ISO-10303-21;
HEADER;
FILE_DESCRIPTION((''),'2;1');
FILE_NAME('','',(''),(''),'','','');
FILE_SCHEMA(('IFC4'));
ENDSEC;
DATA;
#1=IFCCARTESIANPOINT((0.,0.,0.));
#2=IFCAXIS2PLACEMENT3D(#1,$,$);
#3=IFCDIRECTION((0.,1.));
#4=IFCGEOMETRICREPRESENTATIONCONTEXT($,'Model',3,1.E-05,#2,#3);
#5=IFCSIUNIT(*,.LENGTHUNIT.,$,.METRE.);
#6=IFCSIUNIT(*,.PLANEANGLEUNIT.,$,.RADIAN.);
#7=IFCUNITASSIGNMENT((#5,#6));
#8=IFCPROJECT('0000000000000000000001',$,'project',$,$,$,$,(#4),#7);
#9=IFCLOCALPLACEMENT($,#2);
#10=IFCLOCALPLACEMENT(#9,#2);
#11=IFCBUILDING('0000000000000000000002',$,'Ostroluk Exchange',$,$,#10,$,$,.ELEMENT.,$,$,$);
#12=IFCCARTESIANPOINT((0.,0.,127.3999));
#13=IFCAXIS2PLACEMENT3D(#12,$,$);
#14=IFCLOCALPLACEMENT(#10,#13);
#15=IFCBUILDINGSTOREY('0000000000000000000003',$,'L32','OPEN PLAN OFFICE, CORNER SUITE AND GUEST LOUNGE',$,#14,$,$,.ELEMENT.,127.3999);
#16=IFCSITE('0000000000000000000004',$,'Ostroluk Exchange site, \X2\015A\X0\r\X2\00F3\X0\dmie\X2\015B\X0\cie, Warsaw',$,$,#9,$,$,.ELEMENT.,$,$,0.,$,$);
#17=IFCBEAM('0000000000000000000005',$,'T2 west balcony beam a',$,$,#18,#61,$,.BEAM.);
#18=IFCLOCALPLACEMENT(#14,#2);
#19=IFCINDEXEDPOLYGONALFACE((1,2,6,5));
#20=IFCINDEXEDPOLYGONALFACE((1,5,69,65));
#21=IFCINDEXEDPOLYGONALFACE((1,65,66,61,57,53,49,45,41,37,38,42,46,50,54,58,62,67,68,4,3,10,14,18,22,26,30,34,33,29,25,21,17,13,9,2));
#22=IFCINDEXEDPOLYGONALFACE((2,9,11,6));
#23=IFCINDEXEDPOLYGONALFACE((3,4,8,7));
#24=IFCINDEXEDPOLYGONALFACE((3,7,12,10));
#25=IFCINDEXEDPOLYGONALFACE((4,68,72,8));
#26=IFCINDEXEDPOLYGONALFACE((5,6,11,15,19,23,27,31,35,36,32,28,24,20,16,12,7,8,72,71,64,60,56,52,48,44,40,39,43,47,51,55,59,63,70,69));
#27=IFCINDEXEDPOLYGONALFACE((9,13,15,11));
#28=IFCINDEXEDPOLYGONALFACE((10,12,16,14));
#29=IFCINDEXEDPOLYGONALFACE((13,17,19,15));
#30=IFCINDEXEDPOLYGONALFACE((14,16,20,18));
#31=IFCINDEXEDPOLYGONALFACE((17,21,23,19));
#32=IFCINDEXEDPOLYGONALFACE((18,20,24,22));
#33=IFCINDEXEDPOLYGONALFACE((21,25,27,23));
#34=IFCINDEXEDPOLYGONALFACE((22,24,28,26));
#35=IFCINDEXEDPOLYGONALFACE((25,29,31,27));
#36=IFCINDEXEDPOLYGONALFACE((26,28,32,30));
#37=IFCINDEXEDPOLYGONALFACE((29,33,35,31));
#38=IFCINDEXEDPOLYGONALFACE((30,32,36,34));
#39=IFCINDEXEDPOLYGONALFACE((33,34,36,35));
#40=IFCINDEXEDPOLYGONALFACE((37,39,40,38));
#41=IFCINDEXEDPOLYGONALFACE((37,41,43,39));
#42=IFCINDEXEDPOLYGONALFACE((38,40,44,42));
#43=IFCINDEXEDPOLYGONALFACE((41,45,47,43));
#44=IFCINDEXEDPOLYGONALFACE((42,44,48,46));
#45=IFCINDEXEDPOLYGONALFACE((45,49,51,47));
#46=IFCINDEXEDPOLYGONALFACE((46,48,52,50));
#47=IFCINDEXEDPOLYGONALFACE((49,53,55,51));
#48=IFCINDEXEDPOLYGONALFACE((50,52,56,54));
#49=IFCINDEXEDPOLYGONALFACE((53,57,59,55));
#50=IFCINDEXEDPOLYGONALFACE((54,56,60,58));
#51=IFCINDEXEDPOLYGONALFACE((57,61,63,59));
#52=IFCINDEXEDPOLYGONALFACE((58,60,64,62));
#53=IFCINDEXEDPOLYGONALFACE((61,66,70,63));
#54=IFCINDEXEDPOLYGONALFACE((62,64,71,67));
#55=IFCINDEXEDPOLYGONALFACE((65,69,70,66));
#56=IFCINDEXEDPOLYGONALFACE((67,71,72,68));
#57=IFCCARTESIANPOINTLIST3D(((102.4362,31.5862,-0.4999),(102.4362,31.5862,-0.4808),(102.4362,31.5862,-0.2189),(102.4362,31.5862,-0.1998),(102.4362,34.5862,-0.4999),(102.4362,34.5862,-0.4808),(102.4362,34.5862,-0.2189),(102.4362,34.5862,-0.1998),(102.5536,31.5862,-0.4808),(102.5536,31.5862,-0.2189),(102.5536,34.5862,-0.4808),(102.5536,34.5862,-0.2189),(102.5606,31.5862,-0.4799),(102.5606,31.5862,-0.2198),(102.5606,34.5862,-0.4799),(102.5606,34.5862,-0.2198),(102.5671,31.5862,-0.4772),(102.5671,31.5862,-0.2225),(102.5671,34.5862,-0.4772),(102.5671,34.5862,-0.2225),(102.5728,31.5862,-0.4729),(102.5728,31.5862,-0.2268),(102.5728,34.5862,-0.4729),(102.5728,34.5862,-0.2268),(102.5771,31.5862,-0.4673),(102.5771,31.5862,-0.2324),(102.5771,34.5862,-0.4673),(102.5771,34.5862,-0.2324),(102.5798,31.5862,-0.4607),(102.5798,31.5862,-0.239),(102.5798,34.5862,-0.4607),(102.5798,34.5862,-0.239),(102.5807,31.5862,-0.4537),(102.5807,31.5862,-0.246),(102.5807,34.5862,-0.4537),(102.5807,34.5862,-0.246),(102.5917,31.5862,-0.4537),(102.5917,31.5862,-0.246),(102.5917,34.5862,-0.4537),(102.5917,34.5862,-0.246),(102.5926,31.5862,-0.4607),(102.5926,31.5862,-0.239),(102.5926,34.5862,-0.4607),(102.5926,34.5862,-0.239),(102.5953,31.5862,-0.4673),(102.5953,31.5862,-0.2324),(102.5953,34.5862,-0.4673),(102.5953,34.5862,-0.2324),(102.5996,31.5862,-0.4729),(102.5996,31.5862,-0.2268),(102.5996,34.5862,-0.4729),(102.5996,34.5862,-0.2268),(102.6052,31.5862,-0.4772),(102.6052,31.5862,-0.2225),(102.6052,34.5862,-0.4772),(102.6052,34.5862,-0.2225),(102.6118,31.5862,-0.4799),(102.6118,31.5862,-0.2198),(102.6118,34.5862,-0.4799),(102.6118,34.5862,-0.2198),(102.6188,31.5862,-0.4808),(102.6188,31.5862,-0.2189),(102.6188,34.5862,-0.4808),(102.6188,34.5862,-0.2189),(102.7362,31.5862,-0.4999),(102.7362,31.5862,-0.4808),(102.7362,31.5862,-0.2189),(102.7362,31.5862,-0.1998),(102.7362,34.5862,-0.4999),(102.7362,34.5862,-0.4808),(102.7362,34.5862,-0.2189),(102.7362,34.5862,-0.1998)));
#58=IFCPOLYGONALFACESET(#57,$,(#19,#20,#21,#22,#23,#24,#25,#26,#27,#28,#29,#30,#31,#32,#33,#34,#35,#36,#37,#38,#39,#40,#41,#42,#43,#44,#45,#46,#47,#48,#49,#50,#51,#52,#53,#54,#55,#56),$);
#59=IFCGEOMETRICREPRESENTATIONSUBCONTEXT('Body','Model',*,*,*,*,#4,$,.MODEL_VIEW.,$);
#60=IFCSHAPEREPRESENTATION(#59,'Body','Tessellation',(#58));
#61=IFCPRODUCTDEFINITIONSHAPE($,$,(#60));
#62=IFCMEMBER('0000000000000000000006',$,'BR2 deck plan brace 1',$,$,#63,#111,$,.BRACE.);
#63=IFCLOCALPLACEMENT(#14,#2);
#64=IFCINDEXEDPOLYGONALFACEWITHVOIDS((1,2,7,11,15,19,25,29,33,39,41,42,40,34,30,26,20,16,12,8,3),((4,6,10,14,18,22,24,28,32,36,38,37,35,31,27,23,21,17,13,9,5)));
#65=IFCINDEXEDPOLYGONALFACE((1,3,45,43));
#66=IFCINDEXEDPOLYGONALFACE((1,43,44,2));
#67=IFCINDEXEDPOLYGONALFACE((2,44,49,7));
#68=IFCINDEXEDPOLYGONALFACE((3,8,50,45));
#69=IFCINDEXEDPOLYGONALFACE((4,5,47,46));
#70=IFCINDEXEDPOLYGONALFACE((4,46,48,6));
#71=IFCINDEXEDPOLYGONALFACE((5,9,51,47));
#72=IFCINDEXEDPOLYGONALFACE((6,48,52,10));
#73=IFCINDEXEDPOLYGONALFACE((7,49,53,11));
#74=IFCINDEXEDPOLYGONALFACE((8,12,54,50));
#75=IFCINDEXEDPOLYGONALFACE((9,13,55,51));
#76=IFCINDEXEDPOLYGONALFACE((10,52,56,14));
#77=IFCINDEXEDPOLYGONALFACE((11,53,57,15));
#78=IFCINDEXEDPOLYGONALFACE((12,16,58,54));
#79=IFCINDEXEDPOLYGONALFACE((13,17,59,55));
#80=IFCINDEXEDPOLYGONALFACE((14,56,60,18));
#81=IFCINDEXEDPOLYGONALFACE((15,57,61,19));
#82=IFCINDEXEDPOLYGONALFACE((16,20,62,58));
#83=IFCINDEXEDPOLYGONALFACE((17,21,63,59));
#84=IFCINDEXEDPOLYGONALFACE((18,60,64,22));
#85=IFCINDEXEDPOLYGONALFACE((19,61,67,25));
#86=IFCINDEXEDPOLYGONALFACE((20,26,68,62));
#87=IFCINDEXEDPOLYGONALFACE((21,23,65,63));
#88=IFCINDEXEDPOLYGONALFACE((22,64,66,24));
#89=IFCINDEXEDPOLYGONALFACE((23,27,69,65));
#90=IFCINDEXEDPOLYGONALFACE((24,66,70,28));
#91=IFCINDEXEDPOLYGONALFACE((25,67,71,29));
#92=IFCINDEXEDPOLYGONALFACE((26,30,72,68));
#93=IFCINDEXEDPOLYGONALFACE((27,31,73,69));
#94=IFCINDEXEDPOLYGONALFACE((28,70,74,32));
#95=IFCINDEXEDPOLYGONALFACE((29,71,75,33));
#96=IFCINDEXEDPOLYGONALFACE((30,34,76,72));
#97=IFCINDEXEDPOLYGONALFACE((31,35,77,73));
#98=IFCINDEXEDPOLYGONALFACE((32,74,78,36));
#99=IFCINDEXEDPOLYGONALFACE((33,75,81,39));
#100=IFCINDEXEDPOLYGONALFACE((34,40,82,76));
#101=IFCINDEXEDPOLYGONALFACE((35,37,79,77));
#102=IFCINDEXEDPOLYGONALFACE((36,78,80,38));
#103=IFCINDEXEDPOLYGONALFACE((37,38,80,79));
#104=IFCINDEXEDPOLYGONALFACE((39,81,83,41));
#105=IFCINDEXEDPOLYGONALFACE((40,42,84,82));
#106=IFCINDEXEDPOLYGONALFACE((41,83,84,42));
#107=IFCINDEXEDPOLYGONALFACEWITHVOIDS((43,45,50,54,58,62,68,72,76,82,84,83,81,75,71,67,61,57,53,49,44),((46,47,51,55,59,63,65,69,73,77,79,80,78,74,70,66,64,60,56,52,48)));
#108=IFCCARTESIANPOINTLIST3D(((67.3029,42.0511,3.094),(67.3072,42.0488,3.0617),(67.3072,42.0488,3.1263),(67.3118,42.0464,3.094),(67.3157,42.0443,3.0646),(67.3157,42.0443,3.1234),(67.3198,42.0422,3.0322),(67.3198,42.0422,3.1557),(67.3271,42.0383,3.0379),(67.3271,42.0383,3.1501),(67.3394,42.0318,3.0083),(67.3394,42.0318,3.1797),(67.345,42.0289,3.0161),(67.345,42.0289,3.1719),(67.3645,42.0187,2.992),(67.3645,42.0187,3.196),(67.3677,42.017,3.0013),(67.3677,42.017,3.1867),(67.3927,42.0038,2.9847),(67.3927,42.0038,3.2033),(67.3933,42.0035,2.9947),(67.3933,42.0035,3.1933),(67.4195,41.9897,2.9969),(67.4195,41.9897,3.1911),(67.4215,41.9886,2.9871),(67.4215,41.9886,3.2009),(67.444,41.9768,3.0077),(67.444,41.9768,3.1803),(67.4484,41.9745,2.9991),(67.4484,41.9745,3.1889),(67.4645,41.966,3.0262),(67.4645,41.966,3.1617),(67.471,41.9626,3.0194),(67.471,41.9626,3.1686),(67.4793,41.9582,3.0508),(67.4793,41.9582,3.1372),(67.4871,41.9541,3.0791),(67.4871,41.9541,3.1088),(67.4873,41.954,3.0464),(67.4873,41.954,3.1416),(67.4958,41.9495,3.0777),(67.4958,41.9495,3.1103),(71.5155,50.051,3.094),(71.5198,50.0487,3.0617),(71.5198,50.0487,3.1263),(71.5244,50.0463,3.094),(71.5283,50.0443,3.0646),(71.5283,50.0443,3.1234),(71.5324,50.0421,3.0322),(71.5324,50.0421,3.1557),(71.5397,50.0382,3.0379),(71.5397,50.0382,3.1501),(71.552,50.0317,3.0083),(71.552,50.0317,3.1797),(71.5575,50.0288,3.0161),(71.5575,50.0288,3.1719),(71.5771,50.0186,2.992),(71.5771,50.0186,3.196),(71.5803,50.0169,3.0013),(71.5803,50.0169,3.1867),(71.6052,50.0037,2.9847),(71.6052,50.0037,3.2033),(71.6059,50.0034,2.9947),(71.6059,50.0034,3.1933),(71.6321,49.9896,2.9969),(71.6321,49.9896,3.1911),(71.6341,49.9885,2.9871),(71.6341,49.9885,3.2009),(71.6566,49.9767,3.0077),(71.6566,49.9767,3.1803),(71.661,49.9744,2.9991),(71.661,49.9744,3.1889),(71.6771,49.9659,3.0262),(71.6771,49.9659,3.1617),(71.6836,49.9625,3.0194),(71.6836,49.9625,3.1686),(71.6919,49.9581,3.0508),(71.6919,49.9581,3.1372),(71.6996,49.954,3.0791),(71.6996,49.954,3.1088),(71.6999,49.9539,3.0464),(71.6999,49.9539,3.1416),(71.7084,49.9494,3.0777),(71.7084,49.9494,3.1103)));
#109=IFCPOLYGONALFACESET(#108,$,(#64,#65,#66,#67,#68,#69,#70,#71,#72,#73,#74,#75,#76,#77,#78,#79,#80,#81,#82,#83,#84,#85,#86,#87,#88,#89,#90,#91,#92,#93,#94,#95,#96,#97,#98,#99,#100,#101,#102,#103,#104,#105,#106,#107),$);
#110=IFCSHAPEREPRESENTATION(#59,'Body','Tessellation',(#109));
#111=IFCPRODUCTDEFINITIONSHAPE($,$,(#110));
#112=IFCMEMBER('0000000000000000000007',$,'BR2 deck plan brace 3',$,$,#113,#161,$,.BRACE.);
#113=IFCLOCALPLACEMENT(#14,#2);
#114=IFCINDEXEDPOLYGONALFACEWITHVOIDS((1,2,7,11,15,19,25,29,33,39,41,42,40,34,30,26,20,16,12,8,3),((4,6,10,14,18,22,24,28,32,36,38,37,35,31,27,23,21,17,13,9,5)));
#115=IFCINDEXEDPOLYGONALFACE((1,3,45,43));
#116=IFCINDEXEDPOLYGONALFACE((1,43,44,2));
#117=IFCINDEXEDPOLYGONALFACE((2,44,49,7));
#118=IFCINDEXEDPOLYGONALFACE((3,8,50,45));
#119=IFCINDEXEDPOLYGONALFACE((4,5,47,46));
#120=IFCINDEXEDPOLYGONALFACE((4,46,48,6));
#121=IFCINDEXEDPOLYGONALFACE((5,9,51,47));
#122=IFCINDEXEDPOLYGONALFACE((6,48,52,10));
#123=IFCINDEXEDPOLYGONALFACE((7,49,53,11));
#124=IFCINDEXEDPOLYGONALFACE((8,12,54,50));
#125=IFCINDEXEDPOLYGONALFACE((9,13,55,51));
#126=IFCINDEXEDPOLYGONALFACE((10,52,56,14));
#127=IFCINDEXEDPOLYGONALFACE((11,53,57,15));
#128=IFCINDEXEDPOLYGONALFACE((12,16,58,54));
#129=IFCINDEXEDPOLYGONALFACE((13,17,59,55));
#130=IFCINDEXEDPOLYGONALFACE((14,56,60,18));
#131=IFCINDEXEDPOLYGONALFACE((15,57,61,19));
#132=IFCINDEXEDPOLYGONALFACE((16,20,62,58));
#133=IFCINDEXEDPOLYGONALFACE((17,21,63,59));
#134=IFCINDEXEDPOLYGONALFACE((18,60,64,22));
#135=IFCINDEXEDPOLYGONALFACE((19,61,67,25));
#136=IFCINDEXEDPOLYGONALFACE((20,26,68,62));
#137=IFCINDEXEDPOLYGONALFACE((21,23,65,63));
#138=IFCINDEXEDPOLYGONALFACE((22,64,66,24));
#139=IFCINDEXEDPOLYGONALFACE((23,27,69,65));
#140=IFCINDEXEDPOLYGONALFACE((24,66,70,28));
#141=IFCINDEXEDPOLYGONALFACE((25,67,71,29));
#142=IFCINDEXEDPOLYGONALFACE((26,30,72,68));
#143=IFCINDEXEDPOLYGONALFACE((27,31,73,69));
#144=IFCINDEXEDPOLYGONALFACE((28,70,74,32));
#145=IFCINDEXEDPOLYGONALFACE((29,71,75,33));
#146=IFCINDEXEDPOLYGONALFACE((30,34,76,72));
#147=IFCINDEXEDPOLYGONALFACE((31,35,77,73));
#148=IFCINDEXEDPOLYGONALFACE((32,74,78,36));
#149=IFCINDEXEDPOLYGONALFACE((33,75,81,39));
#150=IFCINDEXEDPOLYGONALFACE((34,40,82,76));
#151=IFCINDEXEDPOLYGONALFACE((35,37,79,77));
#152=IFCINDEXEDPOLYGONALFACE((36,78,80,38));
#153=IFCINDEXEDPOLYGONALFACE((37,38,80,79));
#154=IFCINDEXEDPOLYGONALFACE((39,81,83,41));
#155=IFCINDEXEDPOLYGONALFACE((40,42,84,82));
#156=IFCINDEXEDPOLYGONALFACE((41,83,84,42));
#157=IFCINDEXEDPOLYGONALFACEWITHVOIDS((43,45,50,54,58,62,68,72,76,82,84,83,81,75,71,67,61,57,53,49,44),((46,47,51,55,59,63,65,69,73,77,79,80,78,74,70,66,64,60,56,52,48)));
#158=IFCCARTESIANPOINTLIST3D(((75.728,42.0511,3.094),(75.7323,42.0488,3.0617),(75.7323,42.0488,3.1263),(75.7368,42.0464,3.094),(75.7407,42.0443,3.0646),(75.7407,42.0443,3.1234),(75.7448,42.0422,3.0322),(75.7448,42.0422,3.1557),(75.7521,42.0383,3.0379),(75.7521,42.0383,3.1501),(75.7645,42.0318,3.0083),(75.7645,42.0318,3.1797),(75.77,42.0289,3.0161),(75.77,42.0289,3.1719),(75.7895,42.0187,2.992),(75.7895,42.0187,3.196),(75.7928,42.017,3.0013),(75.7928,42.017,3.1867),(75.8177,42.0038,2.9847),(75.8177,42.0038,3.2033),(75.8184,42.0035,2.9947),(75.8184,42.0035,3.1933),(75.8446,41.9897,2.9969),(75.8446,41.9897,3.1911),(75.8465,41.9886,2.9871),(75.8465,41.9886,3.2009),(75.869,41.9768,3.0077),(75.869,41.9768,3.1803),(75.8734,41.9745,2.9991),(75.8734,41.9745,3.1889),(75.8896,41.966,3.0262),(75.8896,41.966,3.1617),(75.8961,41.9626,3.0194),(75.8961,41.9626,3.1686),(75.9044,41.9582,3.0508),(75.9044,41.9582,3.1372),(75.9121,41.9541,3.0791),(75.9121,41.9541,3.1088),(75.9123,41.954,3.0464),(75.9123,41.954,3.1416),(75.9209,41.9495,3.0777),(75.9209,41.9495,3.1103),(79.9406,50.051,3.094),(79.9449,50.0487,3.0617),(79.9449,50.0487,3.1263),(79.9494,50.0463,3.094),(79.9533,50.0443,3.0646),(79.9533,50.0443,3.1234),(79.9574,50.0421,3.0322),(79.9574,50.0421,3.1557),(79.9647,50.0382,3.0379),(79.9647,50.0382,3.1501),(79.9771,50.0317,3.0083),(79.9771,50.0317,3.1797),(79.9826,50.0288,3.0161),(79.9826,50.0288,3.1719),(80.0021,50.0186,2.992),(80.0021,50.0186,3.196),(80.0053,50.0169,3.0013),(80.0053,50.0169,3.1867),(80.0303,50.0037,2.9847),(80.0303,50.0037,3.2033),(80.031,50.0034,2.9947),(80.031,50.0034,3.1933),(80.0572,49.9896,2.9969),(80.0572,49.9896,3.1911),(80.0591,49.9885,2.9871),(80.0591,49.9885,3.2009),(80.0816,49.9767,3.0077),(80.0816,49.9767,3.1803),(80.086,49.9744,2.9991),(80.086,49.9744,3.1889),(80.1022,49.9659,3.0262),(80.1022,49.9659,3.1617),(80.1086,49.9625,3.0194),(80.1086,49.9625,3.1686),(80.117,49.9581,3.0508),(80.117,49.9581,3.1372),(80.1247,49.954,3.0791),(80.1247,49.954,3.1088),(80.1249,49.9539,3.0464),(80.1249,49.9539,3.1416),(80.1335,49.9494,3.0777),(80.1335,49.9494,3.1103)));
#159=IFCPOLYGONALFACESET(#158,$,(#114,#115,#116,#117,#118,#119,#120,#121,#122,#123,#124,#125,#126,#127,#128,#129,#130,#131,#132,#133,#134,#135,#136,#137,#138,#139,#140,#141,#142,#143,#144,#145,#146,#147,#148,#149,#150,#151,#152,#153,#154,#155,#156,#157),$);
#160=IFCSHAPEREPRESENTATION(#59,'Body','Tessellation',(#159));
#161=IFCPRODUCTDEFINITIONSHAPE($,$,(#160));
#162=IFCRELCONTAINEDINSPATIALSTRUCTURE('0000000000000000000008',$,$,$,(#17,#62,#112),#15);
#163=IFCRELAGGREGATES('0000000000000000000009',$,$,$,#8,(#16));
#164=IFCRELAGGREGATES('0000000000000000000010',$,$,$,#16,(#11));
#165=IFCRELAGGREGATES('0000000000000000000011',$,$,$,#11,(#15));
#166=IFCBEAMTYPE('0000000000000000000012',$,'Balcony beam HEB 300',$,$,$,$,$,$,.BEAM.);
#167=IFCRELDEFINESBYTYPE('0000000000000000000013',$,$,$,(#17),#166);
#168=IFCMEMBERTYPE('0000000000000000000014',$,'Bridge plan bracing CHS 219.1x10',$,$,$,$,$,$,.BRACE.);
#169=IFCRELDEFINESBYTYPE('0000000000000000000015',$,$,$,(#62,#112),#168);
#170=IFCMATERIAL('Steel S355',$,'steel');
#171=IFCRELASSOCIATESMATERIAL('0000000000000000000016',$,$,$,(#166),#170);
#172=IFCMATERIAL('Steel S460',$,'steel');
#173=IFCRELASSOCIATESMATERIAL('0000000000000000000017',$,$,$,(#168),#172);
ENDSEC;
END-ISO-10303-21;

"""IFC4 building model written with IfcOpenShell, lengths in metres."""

from ifc_helpers import new_model, si_unit, direction, frame, origin, origin_2d, place, context, subcontext, project, spatial, hollow_circle, i_section, extrude, material, material_profile, profile_set, type_object, element, save


model = new_model("IFC4")

# Units and contexts
model_context = context("Model", 3, precision=1e-05, world=origin(), true_north=direction((0.0, 1.0)))
body_context = subcontext(model_context, "Body", "Model", "MODEL_VIEW")
ifc_project = project(units=[si_unit("LENGTHUNIT", "METRE"), si_unit("PLANEANGLEUNIT", "RADIAN")], contexts=[model_context])

# Site, building, storey
site_placement = place(None, origin())
site = spatial("IfcSite", under=ifc_project, at=site_placement, Name="Ostroluk Exchange site, Śródmieście, Warsaw", CompositionType="ELEMENT", RefElevation=0.0)
building_placement = place(site_placement, origin())
building = spatial("IfcBuilding", under=site, at=building_placement, Name="Ostroluk Exchange", CompositionType="ELEMENT")
storey_placement = place(building_placement, frame((0.0, 0.0, 127.3999)))
storey = spatial("IfcBuildingStorey", under=building, at=storey_placement, Name="L32", Description="OPEN PLAN OFFICE, CORNER SUITE AND GUEST LOUNGE", CompositionType="ELEMENT", Elevation=127.3999)

# Beam
ifc_material_1 = material(Name="Steel S355", Category="steel")
ifc_material_profile_1 = material_profile(ifc_material_1, i_section(OverallWidth=0.3, OverallDepth=0.3, WebThickness=0.011, FlangeThickness=0.019, FilletRadius=0.0271, at=origin_2d()), Name="HEB 300")
ifc_profile_set_1 = profile_set([ifc_material_profile_1], Name="Steel S355")
beam_type_1 = type_object("IfcBeamType", Name="Balcony beam HEB 300", PredefinedType="BEAM", material=ifc_profile_set_1)
beam_1_placement = place(storey_placement, frame((102.5862, 34.5862, -0.3499), z_axis=(0.0, -1.0, 0.0), x_axis=(1.0, 0.0, 0.0)))
element("IfcBeam", 1, at=beam_1_placement, inside=storey, type_object=beam_type_1, Name="T2 west balcony beam a", PredefinedType="BEAM", context=body_context, shape_type="SweptSolid", body=[
    extrude(i_section(OverallWidth=0.3, OverallDepth=0.3, WebThickness=0.011, FlangeThickness=0.019, FilletRadius=0.0271, at=origin_2d()), origin(), (0.0, 0.0, 1.0), 3.0),
])

# Members
ifc_material_2 = material(Name="Steel S460", Category="steel")
ifc_material_profile_2 = material_profile(ifc_material_2, hollow_circle(Radius=0.1096, WallThickness=0.01, at=origin_2d()), Name="CHS 219.1x10")
ifc_profile_set_2 = profile_set([ifc_material_profile_2], Name="Steel S460")
member_type_1 = type_object("IfcMemberType", Name="Bridge plan bracing CHS 219.1x10", PredefinedType="BRACE", material=ifc_profile_set_2)
for number, where, z_axis, x_axis, name in (
    (2, (67.3999, 42.0, 3.094), (0.46593, 0.884822, 0.0), (-0.884822, 0.46593, 0.0), "BR2 deck plan brace 1"),
    (3, (75.825, 42.0, 3.094), (0.46593, 0.884822, 0.0), (-0.884822, 0.46593, 0.0), "BR2 deck plan brace 3"),
):
    element("IfcMember", number, at=place(storey_placement, frame(where, z_axis=z_axis, x_axis=x_axis)), inside=storey, type_object=member_type_1, Name=name, PredefinedType="BRACE", context=body_context, shape_type="SweptSolid", body=[
        extrude(hollow_circle(Radius=0.1096, WallThickness=0.01, at=origin_2d()), origin(), (0.0, 0.0, 1.0), 9.0413),
    ])

save(model, "model.ifc")
